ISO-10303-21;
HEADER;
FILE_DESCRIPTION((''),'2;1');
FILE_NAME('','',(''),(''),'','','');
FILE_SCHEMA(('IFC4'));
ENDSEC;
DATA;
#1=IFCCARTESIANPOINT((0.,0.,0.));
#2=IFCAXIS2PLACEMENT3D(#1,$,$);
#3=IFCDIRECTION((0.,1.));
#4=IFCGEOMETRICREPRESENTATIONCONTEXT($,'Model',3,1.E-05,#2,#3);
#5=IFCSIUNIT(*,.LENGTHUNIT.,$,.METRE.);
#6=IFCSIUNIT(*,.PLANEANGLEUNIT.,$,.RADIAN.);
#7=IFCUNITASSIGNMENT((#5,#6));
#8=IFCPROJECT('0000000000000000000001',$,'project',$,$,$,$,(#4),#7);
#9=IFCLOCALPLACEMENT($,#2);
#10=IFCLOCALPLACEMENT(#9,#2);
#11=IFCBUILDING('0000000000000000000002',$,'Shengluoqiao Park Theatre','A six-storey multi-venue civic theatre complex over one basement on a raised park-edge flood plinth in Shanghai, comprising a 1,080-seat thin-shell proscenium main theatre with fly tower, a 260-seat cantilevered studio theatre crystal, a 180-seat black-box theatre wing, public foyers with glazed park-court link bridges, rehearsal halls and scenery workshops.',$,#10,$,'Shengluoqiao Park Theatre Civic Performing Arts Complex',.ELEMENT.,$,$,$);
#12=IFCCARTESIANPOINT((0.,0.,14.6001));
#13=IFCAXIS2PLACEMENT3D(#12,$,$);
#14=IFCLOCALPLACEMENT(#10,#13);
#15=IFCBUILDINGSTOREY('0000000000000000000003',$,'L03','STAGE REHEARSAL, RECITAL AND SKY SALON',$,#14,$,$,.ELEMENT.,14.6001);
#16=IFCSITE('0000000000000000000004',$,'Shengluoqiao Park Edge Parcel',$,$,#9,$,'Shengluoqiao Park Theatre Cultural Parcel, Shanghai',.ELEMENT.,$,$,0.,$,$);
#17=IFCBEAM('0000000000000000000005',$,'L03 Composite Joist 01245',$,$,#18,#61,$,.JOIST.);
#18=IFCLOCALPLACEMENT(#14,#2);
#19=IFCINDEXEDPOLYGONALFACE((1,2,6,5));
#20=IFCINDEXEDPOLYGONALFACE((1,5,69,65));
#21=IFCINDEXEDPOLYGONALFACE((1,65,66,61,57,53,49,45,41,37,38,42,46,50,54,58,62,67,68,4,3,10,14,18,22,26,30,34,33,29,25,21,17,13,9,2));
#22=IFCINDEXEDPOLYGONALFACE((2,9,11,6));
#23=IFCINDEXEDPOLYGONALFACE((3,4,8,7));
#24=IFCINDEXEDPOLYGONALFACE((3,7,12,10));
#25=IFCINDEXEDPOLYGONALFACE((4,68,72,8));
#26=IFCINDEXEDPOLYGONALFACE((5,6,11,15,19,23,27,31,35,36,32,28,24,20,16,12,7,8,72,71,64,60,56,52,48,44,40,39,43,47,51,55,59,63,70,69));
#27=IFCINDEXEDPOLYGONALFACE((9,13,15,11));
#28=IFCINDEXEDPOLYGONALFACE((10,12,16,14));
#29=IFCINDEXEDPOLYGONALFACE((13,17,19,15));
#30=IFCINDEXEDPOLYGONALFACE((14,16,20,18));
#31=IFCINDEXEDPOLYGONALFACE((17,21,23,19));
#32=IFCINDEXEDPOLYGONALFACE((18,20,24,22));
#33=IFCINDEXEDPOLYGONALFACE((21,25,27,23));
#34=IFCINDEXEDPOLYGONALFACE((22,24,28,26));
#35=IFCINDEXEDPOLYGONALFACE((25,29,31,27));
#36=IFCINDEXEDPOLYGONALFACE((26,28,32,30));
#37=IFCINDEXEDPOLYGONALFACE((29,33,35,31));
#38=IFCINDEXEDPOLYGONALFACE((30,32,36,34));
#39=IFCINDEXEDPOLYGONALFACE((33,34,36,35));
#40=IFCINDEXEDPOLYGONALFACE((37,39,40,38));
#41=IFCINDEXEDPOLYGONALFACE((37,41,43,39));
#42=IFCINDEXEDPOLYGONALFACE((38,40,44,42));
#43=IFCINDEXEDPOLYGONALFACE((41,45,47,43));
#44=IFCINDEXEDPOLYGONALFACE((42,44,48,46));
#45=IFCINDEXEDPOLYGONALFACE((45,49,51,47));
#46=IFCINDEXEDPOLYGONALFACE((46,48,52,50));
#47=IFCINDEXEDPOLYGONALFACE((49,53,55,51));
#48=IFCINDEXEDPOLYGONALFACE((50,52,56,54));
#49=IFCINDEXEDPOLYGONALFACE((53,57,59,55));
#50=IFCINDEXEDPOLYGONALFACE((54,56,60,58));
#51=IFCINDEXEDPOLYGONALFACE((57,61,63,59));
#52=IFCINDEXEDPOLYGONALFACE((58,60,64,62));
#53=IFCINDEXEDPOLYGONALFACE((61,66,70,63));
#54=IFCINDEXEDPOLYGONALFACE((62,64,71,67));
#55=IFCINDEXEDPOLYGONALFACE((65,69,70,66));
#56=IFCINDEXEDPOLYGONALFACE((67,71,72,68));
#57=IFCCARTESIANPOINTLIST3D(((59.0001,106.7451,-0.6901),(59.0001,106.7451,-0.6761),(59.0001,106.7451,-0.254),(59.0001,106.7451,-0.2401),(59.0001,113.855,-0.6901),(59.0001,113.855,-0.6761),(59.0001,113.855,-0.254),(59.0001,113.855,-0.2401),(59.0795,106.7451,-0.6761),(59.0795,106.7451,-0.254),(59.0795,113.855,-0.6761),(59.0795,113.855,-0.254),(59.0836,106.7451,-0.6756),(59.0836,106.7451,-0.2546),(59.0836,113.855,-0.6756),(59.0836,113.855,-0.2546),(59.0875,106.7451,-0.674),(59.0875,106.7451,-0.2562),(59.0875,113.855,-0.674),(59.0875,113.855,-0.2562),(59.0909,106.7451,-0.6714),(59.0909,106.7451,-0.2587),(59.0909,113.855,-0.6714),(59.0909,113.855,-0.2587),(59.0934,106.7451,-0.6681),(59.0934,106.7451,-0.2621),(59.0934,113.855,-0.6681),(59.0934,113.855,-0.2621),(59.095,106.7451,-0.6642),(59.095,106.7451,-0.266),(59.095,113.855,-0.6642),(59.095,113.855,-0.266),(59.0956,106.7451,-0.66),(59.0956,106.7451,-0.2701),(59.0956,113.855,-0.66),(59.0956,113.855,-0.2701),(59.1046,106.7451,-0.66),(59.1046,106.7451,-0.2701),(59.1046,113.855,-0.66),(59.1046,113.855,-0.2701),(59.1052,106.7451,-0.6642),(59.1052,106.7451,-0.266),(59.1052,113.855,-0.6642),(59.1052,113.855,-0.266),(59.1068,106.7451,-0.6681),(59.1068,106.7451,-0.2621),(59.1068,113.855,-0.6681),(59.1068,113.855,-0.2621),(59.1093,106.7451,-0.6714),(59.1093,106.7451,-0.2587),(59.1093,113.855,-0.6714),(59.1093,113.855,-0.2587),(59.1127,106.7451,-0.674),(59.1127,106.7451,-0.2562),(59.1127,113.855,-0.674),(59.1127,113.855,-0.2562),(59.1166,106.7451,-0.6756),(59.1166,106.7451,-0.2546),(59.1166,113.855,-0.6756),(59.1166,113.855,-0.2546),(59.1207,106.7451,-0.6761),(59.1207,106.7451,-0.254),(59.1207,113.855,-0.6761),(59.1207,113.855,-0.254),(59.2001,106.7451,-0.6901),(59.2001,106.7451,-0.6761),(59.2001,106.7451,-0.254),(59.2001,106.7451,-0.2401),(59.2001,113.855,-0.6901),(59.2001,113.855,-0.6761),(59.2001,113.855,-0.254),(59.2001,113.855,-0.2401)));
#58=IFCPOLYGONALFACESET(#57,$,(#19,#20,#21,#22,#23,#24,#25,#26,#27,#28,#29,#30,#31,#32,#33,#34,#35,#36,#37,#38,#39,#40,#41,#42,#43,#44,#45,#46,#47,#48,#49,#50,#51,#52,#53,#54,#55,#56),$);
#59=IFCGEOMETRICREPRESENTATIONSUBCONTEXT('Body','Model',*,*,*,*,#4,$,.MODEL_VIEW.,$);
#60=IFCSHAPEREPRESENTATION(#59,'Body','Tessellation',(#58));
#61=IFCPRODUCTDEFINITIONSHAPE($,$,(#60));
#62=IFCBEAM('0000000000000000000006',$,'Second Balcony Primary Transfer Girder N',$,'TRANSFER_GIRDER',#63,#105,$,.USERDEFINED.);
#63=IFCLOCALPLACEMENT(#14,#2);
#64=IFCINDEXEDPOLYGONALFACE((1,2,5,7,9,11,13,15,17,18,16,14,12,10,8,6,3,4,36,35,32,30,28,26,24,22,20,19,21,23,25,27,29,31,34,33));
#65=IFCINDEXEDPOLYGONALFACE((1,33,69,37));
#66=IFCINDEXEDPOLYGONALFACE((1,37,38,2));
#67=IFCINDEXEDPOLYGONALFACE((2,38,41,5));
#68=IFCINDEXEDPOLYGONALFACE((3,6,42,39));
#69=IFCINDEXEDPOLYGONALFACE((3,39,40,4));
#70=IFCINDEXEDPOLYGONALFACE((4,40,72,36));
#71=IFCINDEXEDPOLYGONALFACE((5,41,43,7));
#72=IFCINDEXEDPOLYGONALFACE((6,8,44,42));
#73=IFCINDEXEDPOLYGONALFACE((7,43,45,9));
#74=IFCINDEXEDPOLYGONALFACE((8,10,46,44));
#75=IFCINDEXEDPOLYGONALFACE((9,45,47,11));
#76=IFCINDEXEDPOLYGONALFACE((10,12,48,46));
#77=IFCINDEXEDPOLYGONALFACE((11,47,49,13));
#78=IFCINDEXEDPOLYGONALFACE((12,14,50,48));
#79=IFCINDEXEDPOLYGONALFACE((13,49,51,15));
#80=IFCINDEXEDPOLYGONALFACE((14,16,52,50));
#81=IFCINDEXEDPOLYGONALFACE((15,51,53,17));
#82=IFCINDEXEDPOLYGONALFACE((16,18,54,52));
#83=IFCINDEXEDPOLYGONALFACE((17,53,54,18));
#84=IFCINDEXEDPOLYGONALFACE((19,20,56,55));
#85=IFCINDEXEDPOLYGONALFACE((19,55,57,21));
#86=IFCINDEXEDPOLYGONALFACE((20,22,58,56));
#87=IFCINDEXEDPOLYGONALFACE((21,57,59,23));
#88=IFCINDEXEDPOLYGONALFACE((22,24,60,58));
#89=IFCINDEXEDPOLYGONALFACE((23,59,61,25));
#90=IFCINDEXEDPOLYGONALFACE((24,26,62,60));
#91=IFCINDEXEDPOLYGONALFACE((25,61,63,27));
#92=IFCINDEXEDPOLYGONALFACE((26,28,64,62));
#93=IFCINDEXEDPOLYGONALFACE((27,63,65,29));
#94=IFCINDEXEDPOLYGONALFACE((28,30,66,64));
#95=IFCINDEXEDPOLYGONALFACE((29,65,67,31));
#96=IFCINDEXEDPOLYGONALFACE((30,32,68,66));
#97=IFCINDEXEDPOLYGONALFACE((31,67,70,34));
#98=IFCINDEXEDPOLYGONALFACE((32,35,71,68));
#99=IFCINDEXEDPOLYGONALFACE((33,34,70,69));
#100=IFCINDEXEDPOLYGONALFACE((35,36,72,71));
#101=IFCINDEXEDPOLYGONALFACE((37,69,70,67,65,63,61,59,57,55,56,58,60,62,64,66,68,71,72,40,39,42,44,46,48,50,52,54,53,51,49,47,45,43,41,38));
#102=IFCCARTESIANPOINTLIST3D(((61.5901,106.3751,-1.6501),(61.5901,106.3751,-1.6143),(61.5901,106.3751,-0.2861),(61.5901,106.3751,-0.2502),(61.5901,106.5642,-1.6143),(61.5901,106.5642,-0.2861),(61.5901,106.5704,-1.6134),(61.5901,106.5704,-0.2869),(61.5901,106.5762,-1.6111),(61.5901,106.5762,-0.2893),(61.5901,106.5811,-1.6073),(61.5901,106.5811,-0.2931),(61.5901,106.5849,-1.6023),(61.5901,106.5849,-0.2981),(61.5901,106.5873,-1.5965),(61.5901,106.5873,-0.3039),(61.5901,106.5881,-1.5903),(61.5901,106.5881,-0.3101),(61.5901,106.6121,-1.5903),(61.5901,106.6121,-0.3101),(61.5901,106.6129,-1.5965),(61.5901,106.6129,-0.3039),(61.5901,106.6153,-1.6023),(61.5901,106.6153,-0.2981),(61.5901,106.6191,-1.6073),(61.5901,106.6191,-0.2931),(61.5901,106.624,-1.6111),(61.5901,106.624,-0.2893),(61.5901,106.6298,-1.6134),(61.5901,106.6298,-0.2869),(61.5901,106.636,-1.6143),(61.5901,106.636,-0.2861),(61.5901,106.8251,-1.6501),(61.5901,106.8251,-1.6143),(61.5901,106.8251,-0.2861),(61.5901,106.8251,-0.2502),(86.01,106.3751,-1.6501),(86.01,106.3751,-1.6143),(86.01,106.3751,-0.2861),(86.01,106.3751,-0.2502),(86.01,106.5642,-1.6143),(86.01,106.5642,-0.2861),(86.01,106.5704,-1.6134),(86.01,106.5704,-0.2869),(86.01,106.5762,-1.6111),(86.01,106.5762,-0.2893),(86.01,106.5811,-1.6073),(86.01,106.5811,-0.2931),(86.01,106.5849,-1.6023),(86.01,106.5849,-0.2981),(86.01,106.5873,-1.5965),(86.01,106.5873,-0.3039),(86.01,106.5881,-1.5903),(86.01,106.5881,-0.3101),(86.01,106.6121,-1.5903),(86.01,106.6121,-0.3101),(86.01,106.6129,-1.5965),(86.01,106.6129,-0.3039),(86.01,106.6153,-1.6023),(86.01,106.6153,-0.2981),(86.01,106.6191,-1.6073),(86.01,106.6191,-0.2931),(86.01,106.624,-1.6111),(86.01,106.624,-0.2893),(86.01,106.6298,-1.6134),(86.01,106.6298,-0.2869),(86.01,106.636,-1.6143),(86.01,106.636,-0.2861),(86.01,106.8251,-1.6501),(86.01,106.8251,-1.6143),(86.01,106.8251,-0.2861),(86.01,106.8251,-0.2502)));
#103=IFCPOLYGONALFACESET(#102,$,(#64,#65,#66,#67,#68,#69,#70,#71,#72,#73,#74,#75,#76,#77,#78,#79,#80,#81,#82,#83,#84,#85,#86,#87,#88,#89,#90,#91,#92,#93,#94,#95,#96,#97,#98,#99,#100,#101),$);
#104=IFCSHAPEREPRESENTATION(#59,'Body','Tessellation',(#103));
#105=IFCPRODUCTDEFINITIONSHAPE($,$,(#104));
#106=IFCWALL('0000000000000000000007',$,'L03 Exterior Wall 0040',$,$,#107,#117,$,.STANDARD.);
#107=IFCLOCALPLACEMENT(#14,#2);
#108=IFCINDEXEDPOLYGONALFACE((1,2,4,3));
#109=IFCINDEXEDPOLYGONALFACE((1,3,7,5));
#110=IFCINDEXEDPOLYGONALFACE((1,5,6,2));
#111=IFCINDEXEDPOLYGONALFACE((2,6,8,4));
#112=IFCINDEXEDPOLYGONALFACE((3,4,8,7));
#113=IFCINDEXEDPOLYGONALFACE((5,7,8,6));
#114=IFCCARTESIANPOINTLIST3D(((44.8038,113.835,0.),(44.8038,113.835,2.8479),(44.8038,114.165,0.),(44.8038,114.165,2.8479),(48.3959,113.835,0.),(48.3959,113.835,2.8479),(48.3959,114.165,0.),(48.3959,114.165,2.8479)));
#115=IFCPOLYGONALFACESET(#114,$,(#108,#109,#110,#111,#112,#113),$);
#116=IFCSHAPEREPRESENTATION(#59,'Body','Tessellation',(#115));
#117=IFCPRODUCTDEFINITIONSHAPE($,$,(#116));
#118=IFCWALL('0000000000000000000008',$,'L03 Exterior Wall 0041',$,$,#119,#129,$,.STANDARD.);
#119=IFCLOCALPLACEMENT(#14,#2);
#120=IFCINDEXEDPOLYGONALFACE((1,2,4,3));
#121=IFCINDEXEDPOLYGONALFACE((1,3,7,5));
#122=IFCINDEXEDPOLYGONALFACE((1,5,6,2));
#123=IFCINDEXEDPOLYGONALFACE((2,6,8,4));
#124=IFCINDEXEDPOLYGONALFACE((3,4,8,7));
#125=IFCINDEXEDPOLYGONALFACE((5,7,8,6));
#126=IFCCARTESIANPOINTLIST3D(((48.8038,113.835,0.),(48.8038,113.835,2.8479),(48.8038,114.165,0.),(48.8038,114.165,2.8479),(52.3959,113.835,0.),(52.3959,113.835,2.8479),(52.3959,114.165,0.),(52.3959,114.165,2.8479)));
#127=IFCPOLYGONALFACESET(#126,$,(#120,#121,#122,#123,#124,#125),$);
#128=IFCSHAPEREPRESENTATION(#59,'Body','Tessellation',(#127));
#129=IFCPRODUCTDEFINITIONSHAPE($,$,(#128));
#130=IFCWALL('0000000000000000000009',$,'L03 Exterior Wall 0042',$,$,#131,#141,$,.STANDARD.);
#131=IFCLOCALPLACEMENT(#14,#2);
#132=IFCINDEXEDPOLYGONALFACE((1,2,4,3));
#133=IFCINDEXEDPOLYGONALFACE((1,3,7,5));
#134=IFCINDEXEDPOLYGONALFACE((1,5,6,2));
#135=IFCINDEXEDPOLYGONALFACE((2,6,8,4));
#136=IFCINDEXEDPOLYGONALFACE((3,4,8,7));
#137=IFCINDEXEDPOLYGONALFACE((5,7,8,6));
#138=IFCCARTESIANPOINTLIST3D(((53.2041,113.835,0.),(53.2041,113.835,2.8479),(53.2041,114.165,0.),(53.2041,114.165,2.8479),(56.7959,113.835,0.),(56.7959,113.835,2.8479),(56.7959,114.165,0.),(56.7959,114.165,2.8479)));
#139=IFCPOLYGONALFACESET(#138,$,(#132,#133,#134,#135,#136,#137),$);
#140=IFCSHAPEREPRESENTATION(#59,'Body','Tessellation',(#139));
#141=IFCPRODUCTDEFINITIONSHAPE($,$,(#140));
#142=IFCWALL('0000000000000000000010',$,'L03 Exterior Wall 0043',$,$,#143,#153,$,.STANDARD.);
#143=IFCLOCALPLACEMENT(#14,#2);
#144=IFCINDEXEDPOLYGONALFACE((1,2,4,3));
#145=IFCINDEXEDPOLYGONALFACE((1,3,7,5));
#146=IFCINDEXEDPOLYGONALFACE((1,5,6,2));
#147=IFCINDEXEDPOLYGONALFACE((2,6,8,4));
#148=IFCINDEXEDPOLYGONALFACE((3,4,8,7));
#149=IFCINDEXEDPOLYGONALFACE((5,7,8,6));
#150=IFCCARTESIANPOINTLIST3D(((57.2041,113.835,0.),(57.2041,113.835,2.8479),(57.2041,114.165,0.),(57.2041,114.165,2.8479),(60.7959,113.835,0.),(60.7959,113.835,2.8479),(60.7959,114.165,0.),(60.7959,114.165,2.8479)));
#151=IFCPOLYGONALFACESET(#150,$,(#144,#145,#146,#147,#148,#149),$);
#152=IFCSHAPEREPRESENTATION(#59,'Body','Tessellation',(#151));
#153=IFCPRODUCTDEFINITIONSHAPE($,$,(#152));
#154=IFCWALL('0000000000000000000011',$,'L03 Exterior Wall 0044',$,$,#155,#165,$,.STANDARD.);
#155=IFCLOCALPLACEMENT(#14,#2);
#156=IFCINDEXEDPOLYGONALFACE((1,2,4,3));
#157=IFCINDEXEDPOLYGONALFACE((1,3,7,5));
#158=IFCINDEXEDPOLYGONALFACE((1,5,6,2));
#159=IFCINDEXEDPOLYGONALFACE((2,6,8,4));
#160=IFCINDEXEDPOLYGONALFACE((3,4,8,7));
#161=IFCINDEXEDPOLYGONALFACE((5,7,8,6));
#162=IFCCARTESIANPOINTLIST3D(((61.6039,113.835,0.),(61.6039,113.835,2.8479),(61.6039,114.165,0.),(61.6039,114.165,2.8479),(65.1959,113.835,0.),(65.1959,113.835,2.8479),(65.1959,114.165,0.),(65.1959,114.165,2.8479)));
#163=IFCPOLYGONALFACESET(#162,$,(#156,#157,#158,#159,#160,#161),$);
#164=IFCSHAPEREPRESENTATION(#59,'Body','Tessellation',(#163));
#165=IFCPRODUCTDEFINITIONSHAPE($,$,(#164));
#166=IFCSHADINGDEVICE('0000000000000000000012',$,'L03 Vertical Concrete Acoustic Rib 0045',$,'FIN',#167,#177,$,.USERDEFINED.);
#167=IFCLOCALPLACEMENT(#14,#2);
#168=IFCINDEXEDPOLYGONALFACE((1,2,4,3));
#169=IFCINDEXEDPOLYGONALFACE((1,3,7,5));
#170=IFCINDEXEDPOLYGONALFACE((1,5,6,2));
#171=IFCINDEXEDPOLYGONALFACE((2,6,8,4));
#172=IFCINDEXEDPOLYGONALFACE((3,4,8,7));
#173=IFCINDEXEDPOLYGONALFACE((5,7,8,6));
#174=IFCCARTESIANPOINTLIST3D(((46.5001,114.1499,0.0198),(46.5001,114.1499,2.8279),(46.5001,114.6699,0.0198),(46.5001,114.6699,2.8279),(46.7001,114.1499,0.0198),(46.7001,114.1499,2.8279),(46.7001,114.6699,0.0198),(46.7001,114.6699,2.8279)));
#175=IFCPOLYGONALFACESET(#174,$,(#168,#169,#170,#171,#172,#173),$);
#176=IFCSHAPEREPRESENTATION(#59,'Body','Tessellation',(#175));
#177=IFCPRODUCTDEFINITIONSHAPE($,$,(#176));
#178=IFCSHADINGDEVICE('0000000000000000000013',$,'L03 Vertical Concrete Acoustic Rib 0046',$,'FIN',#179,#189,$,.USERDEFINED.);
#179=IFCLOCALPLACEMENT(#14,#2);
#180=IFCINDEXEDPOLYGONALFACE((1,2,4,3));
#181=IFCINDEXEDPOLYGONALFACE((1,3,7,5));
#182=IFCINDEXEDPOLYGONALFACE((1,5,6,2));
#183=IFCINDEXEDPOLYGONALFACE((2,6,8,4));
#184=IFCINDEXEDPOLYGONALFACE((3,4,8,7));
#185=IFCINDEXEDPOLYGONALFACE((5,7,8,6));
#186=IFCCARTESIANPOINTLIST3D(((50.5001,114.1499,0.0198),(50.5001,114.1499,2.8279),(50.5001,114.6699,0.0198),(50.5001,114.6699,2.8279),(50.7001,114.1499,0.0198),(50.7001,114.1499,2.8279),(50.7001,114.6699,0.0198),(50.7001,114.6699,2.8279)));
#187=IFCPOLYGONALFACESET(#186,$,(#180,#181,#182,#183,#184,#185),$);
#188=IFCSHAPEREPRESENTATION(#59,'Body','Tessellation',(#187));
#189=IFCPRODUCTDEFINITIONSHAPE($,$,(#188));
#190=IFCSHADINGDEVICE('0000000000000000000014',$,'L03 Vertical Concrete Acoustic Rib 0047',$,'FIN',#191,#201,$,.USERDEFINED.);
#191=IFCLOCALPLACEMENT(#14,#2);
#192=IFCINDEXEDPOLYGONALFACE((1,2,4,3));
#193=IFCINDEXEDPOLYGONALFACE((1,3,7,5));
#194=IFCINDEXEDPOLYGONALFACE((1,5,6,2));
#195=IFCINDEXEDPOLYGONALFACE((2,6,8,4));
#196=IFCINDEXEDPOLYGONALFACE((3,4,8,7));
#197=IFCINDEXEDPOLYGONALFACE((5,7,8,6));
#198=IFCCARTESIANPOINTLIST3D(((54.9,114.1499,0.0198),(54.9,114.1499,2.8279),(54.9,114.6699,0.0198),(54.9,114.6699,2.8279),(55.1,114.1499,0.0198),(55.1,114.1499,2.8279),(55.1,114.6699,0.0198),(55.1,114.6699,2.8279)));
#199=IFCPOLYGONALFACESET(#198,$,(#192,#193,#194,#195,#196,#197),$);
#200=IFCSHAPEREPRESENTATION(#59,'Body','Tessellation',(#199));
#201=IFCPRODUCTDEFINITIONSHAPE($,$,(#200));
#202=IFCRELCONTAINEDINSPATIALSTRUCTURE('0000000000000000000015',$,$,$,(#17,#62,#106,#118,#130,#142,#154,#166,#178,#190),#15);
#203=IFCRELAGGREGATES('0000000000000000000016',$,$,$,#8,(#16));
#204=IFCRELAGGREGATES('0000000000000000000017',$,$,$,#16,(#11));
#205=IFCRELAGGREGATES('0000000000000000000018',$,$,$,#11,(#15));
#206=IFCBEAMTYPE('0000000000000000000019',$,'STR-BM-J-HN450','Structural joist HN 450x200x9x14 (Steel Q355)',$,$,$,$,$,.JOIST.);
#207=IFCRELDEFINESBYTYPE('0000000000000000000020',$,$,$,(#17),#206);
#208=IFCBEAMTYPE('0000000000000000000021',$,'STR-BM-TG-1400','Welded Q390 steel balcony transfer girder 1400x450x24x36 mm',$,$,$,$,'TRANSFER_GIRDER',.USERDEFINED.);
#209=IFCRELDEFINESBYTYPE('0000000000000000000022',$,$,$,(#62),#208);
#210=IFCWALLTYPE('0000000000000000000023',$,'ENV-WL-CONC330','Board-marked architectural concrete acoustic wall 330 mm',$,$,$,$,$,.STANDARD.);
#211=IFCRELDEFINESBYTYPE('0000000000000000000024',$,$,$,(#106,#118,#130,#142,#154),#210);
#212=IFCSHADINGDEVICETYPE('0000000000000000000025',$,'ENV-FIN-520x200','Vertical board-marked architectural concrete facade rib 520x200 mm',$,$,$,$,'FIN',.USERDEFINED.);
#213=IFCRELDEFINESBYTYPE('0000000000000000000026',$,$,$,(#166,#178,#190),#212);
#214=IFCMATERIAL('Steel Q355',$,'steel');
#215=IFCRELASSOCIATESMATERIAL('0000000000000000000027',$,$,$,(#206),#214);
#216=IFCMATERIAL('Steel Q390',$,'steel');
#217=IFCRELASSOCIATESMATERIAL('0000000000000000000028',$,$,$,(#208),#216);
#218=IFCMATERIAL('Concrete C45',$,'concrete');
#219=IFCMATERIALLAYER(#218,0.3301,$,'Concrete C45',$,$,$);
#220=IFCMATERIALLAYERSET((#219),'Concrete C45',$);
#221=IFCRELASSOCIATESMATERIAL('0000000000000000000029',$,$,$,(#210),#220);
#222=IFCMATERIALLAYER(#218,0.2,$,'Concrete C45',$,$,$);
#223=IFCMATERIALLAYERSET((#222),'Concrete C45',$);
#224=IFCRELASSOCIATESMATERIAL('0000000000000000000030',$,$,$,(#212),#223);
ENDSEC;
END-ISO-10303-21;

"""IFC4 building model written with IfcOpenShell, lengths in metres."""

from ifc_helpers import new_model, si_unit, direction, frame, frame_2d, origin, origin_2d, place, context, subcontext, project, spatial, rectangle, i_section, extrude, material, layer, layer_set, material_profile, profile_set, type_object, element, save


model = new_model("IFC4")

# Units and contexts
model_context = context("Model", 3, precision=1e-05, world=origin(), true_north=direction((0.0, 1.0)))
body_context = subcontext(model_context, "Body", "Model", "MODEL_VIEW")
ifc_project = project(units=[si_unit("LENGTHUNIT", "METRE"), si_unit("PLANEANGLEUNIT", "RADIAN")], contexts=[model_context])

# Site, building, storey
site_placement = place(None, origin())
site = spatial("IfcSite", under=ifc_project, at=site_placement, Name="Shengluoqiao Park Edge Parcel", LongName="Shengluoqiao Park Theatre Cultural Parcel, Shanghai", CompositionType="ELEMENT", RefElevation=0.0)
building_placement = place(site_placement, origin())
building = spatial("IfcBuilding", under=site, at=building_placement, Name="Shengluoqiao Park Theatre", Description="A six-storey multi-venue civic theatre complex over one basement on a raised park-edge flood plinth in Shanghai, comprising a 1,080-seat thin-shell proscenium main theatre with fly tower, a 260-seat cantilevered studio theatre crystal, a 180-seat black-box theatre wing, public foyers with glazed park-court link bridges, rehearsal halls and scenery workshops.", LongName="Shengluoqiao Park Theatre Civic Performing Arts Complex", CompositionType="ELEMENT")
storey_placement = place(building_placement, frame((0.0, 0.0, 14.6001)))
storey = spatial("IfcBuildingStorey", under=building, at=storey_placement, Name="L03", Description="STAGE REHEARSAL, RECITAL AND SKY SALON", CompositionType="ELEMENT", Elevation=14.6001)

# Beams
ifc_material_1 = material(Name="Steel Q355", Category="steel")
ifc_material_2 = material(Name="Steel Q390", Category="steel")
ifc_material_profile_1 = material_profile(ifc_material_1, i_section(OverallWidth=0.2, OverallDepth=0.45, WebThickness=0.009, FlangeThickness=0.0139, FilletRadius=0.0161, at=origin_2d()), Name="HN 450x200x9x14")
ifc_profile_set_1 = profile_set([ifc_material_profile_1], Name="Steel Q355")
beam_type_1 = type_object("IfcBeamType", Name="STR-BM-J-HN450", Description="Structural joist HN 450x200x9x14 (Steel Q355)", PredefinedType="JOIST", material=ifc_profile_set_1)
for number, where, z_axis, x_axis, name in (
    (1, (59.1001, 106.7451, -0.4651), (0.0, 1.0, 0.0), (-1.0, 0.0, 0.0), "L03 Composite Joist 01245"),
):
    element("IfcBeam", number, at=place(storey_placement, frame(where, z_axis=z_axis, x_axis=x_axis)), inside=storey, type_object=beam_type_1, Name=name, PredefinedType="JOIST", context=body_context, shape_type="SweptSolid", body=[
        extrude(i_section(OverallWidth=0.2, OverallDepth=0.45, WebThickness=0.009, FlangeThickness=0.0139, FilletRadius=0.0161, at=origin_2d()), origin(), (0.0, 0.0, 1.0), 7.1099),
    ])
ifc_material_profile_2 = material_profile(ifc_material_2, i_section(OverallWidth=0.45, OverallDepth=1.3999, WebThickness=0.0239, FlangeThickness=0.0359, FilletRadius=0.0239, at=origin_2d()), Name="HN 1400x450x24x36")
ifc_profile_set_2 = profile_set([ifc_material_profile_2], Name="Steel Q390")
beam_type_2 = type_object("IfcBeamType", Name="STR-BM-TG-1400", Description="Welded Q390 steel balcony transfer girder 1400x450x24x36 mm", ElementType="TRANSFER_GIRDER", PredefinedType="USERDEFINED", material=ifc_profile_set_2)
beam_1_placement = place(storey_placement, frame((61.5901, 106.6001, -0.9502), z_axis=(1.0, 0.0, 0.0), x_axis=(0.0, 1.0, 0.0)))
element("IfcBeam", 2, at=beam_1_placement, inside=storey, type_object=beam_type_2, Name="Second Balcony Primary Transfer Girder N", ObjectType="TRANSFER_GIRDER", PredefinedType="USERDEFINED", context=body_context, shape_type="SweptSolid", body=[
    extrude(i_section(OverallWidth=0.45, OverallDepth=1.3999, WebThickness=0.0239, FlangeThickness=0.0359, FilletRadius=0.0239, at=origin_2d()), origin(), (0.0, 0.0, 1.0), 24.4199),
])

# Walls
ifc_material_3 = material(Name="Concrete C45", Category="concrete")
ifc_layer_1 = layer(ifc_material_3, 0.3301, Name="Concrete C45")
ifc_layer_set_1 = layer_set([ifc_layer_1], Name="Concrete C45")
wall_type = type_object("IfcWallType", Name="ENV-WL-CONC330", Description="Board-marked architectural concrete acoustic wall 330 mm", PredefinedType="STANDARD", material=ifc_layer_set_1)
for number, where, z_axis, x_axis, name in (
    (3, (44.804, 114.0, 0.0), (0.0, 0.0, 1.0), (1.0, 0.0, 0.0), "L03 Exterior Wall 0040"),
    (4, (48.804, 114.0, 0.0), (0.0, 0.0, 1.0), (1.0, 0.0, 0.0), "L03 Exterior Wall 0041"),
):
    element("IfcWall", number, at=place(storey_placement, frame(where, z_axis=z_axis, x_axis=x_axis)), inside=storey, type_object=wall_type, Name=name, PredefinedType="STANDARD", context=body_context, shape_type="SweptSolid", body=[
        extrude(rectangle(XDim=3.592, YDim=0.3301, at=frame_2d((1.7959, 0.0))), origin(), (0.0, 0.0, 1.0), 2.8479),
    ])
for number, where, z_axis, x_axis, name in (
    (5, (53.2041, 114.0, 0.0), (0.0, 0.0, 1.0), (1.0, 0.0, 0.0), "L03 Exterior Wall 0042"),
    (6, (57.2041, 114.0, 0.0), (0.0, 0.0, 1.0), (1.0, 0.0, 0.0), "L03 Exterior Wall 0043"),
):
    element("IfcWall", number, at=place(storey_placement, frame(where, z_axis=z_axis, x_axis=x_axis)), inside=storey, type_object=wall_type, Name=name, PredefinedType="STANDARD", context=body_context, shape_type="SweptSolid", body=[
        extrude(rectangle(XDim=3.5918, YDim=0.3301, at=frame_2d((1.7959, 0.0))), origin(), (0.0, 0.0, 1.0), 2.8479),
    ])
wall_placement = place(storey_placement, frame((61.604, 114.0, 0.0), z_axis=(0.0, 0.0, 1.0), x_axis=(1.0, 0.0, 0.0)))
element("IfcWall", 7, at=wall_placement, inside=storey, type_object=wall_type, Name="L03 Exterior Wall 0044", PredefinedType="STANDARD", context=body_context, shape_type="SweptSolid", body=[
    extrude(rectangle(XDim=3.592, YDim=0.3301, at=frame_2d((1.7959, 0.0))), origin(), (0.0, 0.0, 1.0), 2.8479),
])

# Shading devices
ifc_layer_2 = layer(ifc_material_3, 0.2, Name="Concrete C45")
ifc_layer_set_2 = layer_set([ifc_layer_2], Name="Concrete C45")
shading_device_type = type_object("IfcShadingDeviceType", Name="ENV-FIN-520x200", Description="Vertical board-marked architectural concrete facade rib 520x200 mm", ElementType="FIN", PredefinedType="USERDEFINED", material=ifc_layer_set_2)
for number, where, z_axis, x_axis, name in (
    (8, (46.6001, 114.4099, 0.0198), (0.0, 0.0, 1.0), (0.0, 1.0, 0.0), "L03 Vertical Concrete Acoustic Rib 0045"),
    (9, (50.6001, 114.4099, 0.0198), (0.0, 0.0, 1.0), (0.0, 1.0, 0.0), "L03 Vertical Concrete Acoustic Rib 0046"),
    (10, (55.0, 114.4099, 0.0198), (0.0, 0.0, 1.0), (0.0, 1.0, 0.0), "L03 Vertical Concrete Acoustic Rib 0047"),
):
    element("IfcShadingDevice", number, at=place(storey_placement, frame(where, z_axis=z_axis, x_axis=x_axis)), inside=storey, type_object=shading_device_type, Name=name, ObjectType="FIN", PredefinedType="USERDEFINED", context=body_context, shape_type="SweptSolid", body=[
        extrude(rectangle(XDim=0.52, YDim=0.2, at=origin_2d()), origin(), (0.0, 0.0, 1.0), 2.8081),
    ])

save(model, "model.ifc")
